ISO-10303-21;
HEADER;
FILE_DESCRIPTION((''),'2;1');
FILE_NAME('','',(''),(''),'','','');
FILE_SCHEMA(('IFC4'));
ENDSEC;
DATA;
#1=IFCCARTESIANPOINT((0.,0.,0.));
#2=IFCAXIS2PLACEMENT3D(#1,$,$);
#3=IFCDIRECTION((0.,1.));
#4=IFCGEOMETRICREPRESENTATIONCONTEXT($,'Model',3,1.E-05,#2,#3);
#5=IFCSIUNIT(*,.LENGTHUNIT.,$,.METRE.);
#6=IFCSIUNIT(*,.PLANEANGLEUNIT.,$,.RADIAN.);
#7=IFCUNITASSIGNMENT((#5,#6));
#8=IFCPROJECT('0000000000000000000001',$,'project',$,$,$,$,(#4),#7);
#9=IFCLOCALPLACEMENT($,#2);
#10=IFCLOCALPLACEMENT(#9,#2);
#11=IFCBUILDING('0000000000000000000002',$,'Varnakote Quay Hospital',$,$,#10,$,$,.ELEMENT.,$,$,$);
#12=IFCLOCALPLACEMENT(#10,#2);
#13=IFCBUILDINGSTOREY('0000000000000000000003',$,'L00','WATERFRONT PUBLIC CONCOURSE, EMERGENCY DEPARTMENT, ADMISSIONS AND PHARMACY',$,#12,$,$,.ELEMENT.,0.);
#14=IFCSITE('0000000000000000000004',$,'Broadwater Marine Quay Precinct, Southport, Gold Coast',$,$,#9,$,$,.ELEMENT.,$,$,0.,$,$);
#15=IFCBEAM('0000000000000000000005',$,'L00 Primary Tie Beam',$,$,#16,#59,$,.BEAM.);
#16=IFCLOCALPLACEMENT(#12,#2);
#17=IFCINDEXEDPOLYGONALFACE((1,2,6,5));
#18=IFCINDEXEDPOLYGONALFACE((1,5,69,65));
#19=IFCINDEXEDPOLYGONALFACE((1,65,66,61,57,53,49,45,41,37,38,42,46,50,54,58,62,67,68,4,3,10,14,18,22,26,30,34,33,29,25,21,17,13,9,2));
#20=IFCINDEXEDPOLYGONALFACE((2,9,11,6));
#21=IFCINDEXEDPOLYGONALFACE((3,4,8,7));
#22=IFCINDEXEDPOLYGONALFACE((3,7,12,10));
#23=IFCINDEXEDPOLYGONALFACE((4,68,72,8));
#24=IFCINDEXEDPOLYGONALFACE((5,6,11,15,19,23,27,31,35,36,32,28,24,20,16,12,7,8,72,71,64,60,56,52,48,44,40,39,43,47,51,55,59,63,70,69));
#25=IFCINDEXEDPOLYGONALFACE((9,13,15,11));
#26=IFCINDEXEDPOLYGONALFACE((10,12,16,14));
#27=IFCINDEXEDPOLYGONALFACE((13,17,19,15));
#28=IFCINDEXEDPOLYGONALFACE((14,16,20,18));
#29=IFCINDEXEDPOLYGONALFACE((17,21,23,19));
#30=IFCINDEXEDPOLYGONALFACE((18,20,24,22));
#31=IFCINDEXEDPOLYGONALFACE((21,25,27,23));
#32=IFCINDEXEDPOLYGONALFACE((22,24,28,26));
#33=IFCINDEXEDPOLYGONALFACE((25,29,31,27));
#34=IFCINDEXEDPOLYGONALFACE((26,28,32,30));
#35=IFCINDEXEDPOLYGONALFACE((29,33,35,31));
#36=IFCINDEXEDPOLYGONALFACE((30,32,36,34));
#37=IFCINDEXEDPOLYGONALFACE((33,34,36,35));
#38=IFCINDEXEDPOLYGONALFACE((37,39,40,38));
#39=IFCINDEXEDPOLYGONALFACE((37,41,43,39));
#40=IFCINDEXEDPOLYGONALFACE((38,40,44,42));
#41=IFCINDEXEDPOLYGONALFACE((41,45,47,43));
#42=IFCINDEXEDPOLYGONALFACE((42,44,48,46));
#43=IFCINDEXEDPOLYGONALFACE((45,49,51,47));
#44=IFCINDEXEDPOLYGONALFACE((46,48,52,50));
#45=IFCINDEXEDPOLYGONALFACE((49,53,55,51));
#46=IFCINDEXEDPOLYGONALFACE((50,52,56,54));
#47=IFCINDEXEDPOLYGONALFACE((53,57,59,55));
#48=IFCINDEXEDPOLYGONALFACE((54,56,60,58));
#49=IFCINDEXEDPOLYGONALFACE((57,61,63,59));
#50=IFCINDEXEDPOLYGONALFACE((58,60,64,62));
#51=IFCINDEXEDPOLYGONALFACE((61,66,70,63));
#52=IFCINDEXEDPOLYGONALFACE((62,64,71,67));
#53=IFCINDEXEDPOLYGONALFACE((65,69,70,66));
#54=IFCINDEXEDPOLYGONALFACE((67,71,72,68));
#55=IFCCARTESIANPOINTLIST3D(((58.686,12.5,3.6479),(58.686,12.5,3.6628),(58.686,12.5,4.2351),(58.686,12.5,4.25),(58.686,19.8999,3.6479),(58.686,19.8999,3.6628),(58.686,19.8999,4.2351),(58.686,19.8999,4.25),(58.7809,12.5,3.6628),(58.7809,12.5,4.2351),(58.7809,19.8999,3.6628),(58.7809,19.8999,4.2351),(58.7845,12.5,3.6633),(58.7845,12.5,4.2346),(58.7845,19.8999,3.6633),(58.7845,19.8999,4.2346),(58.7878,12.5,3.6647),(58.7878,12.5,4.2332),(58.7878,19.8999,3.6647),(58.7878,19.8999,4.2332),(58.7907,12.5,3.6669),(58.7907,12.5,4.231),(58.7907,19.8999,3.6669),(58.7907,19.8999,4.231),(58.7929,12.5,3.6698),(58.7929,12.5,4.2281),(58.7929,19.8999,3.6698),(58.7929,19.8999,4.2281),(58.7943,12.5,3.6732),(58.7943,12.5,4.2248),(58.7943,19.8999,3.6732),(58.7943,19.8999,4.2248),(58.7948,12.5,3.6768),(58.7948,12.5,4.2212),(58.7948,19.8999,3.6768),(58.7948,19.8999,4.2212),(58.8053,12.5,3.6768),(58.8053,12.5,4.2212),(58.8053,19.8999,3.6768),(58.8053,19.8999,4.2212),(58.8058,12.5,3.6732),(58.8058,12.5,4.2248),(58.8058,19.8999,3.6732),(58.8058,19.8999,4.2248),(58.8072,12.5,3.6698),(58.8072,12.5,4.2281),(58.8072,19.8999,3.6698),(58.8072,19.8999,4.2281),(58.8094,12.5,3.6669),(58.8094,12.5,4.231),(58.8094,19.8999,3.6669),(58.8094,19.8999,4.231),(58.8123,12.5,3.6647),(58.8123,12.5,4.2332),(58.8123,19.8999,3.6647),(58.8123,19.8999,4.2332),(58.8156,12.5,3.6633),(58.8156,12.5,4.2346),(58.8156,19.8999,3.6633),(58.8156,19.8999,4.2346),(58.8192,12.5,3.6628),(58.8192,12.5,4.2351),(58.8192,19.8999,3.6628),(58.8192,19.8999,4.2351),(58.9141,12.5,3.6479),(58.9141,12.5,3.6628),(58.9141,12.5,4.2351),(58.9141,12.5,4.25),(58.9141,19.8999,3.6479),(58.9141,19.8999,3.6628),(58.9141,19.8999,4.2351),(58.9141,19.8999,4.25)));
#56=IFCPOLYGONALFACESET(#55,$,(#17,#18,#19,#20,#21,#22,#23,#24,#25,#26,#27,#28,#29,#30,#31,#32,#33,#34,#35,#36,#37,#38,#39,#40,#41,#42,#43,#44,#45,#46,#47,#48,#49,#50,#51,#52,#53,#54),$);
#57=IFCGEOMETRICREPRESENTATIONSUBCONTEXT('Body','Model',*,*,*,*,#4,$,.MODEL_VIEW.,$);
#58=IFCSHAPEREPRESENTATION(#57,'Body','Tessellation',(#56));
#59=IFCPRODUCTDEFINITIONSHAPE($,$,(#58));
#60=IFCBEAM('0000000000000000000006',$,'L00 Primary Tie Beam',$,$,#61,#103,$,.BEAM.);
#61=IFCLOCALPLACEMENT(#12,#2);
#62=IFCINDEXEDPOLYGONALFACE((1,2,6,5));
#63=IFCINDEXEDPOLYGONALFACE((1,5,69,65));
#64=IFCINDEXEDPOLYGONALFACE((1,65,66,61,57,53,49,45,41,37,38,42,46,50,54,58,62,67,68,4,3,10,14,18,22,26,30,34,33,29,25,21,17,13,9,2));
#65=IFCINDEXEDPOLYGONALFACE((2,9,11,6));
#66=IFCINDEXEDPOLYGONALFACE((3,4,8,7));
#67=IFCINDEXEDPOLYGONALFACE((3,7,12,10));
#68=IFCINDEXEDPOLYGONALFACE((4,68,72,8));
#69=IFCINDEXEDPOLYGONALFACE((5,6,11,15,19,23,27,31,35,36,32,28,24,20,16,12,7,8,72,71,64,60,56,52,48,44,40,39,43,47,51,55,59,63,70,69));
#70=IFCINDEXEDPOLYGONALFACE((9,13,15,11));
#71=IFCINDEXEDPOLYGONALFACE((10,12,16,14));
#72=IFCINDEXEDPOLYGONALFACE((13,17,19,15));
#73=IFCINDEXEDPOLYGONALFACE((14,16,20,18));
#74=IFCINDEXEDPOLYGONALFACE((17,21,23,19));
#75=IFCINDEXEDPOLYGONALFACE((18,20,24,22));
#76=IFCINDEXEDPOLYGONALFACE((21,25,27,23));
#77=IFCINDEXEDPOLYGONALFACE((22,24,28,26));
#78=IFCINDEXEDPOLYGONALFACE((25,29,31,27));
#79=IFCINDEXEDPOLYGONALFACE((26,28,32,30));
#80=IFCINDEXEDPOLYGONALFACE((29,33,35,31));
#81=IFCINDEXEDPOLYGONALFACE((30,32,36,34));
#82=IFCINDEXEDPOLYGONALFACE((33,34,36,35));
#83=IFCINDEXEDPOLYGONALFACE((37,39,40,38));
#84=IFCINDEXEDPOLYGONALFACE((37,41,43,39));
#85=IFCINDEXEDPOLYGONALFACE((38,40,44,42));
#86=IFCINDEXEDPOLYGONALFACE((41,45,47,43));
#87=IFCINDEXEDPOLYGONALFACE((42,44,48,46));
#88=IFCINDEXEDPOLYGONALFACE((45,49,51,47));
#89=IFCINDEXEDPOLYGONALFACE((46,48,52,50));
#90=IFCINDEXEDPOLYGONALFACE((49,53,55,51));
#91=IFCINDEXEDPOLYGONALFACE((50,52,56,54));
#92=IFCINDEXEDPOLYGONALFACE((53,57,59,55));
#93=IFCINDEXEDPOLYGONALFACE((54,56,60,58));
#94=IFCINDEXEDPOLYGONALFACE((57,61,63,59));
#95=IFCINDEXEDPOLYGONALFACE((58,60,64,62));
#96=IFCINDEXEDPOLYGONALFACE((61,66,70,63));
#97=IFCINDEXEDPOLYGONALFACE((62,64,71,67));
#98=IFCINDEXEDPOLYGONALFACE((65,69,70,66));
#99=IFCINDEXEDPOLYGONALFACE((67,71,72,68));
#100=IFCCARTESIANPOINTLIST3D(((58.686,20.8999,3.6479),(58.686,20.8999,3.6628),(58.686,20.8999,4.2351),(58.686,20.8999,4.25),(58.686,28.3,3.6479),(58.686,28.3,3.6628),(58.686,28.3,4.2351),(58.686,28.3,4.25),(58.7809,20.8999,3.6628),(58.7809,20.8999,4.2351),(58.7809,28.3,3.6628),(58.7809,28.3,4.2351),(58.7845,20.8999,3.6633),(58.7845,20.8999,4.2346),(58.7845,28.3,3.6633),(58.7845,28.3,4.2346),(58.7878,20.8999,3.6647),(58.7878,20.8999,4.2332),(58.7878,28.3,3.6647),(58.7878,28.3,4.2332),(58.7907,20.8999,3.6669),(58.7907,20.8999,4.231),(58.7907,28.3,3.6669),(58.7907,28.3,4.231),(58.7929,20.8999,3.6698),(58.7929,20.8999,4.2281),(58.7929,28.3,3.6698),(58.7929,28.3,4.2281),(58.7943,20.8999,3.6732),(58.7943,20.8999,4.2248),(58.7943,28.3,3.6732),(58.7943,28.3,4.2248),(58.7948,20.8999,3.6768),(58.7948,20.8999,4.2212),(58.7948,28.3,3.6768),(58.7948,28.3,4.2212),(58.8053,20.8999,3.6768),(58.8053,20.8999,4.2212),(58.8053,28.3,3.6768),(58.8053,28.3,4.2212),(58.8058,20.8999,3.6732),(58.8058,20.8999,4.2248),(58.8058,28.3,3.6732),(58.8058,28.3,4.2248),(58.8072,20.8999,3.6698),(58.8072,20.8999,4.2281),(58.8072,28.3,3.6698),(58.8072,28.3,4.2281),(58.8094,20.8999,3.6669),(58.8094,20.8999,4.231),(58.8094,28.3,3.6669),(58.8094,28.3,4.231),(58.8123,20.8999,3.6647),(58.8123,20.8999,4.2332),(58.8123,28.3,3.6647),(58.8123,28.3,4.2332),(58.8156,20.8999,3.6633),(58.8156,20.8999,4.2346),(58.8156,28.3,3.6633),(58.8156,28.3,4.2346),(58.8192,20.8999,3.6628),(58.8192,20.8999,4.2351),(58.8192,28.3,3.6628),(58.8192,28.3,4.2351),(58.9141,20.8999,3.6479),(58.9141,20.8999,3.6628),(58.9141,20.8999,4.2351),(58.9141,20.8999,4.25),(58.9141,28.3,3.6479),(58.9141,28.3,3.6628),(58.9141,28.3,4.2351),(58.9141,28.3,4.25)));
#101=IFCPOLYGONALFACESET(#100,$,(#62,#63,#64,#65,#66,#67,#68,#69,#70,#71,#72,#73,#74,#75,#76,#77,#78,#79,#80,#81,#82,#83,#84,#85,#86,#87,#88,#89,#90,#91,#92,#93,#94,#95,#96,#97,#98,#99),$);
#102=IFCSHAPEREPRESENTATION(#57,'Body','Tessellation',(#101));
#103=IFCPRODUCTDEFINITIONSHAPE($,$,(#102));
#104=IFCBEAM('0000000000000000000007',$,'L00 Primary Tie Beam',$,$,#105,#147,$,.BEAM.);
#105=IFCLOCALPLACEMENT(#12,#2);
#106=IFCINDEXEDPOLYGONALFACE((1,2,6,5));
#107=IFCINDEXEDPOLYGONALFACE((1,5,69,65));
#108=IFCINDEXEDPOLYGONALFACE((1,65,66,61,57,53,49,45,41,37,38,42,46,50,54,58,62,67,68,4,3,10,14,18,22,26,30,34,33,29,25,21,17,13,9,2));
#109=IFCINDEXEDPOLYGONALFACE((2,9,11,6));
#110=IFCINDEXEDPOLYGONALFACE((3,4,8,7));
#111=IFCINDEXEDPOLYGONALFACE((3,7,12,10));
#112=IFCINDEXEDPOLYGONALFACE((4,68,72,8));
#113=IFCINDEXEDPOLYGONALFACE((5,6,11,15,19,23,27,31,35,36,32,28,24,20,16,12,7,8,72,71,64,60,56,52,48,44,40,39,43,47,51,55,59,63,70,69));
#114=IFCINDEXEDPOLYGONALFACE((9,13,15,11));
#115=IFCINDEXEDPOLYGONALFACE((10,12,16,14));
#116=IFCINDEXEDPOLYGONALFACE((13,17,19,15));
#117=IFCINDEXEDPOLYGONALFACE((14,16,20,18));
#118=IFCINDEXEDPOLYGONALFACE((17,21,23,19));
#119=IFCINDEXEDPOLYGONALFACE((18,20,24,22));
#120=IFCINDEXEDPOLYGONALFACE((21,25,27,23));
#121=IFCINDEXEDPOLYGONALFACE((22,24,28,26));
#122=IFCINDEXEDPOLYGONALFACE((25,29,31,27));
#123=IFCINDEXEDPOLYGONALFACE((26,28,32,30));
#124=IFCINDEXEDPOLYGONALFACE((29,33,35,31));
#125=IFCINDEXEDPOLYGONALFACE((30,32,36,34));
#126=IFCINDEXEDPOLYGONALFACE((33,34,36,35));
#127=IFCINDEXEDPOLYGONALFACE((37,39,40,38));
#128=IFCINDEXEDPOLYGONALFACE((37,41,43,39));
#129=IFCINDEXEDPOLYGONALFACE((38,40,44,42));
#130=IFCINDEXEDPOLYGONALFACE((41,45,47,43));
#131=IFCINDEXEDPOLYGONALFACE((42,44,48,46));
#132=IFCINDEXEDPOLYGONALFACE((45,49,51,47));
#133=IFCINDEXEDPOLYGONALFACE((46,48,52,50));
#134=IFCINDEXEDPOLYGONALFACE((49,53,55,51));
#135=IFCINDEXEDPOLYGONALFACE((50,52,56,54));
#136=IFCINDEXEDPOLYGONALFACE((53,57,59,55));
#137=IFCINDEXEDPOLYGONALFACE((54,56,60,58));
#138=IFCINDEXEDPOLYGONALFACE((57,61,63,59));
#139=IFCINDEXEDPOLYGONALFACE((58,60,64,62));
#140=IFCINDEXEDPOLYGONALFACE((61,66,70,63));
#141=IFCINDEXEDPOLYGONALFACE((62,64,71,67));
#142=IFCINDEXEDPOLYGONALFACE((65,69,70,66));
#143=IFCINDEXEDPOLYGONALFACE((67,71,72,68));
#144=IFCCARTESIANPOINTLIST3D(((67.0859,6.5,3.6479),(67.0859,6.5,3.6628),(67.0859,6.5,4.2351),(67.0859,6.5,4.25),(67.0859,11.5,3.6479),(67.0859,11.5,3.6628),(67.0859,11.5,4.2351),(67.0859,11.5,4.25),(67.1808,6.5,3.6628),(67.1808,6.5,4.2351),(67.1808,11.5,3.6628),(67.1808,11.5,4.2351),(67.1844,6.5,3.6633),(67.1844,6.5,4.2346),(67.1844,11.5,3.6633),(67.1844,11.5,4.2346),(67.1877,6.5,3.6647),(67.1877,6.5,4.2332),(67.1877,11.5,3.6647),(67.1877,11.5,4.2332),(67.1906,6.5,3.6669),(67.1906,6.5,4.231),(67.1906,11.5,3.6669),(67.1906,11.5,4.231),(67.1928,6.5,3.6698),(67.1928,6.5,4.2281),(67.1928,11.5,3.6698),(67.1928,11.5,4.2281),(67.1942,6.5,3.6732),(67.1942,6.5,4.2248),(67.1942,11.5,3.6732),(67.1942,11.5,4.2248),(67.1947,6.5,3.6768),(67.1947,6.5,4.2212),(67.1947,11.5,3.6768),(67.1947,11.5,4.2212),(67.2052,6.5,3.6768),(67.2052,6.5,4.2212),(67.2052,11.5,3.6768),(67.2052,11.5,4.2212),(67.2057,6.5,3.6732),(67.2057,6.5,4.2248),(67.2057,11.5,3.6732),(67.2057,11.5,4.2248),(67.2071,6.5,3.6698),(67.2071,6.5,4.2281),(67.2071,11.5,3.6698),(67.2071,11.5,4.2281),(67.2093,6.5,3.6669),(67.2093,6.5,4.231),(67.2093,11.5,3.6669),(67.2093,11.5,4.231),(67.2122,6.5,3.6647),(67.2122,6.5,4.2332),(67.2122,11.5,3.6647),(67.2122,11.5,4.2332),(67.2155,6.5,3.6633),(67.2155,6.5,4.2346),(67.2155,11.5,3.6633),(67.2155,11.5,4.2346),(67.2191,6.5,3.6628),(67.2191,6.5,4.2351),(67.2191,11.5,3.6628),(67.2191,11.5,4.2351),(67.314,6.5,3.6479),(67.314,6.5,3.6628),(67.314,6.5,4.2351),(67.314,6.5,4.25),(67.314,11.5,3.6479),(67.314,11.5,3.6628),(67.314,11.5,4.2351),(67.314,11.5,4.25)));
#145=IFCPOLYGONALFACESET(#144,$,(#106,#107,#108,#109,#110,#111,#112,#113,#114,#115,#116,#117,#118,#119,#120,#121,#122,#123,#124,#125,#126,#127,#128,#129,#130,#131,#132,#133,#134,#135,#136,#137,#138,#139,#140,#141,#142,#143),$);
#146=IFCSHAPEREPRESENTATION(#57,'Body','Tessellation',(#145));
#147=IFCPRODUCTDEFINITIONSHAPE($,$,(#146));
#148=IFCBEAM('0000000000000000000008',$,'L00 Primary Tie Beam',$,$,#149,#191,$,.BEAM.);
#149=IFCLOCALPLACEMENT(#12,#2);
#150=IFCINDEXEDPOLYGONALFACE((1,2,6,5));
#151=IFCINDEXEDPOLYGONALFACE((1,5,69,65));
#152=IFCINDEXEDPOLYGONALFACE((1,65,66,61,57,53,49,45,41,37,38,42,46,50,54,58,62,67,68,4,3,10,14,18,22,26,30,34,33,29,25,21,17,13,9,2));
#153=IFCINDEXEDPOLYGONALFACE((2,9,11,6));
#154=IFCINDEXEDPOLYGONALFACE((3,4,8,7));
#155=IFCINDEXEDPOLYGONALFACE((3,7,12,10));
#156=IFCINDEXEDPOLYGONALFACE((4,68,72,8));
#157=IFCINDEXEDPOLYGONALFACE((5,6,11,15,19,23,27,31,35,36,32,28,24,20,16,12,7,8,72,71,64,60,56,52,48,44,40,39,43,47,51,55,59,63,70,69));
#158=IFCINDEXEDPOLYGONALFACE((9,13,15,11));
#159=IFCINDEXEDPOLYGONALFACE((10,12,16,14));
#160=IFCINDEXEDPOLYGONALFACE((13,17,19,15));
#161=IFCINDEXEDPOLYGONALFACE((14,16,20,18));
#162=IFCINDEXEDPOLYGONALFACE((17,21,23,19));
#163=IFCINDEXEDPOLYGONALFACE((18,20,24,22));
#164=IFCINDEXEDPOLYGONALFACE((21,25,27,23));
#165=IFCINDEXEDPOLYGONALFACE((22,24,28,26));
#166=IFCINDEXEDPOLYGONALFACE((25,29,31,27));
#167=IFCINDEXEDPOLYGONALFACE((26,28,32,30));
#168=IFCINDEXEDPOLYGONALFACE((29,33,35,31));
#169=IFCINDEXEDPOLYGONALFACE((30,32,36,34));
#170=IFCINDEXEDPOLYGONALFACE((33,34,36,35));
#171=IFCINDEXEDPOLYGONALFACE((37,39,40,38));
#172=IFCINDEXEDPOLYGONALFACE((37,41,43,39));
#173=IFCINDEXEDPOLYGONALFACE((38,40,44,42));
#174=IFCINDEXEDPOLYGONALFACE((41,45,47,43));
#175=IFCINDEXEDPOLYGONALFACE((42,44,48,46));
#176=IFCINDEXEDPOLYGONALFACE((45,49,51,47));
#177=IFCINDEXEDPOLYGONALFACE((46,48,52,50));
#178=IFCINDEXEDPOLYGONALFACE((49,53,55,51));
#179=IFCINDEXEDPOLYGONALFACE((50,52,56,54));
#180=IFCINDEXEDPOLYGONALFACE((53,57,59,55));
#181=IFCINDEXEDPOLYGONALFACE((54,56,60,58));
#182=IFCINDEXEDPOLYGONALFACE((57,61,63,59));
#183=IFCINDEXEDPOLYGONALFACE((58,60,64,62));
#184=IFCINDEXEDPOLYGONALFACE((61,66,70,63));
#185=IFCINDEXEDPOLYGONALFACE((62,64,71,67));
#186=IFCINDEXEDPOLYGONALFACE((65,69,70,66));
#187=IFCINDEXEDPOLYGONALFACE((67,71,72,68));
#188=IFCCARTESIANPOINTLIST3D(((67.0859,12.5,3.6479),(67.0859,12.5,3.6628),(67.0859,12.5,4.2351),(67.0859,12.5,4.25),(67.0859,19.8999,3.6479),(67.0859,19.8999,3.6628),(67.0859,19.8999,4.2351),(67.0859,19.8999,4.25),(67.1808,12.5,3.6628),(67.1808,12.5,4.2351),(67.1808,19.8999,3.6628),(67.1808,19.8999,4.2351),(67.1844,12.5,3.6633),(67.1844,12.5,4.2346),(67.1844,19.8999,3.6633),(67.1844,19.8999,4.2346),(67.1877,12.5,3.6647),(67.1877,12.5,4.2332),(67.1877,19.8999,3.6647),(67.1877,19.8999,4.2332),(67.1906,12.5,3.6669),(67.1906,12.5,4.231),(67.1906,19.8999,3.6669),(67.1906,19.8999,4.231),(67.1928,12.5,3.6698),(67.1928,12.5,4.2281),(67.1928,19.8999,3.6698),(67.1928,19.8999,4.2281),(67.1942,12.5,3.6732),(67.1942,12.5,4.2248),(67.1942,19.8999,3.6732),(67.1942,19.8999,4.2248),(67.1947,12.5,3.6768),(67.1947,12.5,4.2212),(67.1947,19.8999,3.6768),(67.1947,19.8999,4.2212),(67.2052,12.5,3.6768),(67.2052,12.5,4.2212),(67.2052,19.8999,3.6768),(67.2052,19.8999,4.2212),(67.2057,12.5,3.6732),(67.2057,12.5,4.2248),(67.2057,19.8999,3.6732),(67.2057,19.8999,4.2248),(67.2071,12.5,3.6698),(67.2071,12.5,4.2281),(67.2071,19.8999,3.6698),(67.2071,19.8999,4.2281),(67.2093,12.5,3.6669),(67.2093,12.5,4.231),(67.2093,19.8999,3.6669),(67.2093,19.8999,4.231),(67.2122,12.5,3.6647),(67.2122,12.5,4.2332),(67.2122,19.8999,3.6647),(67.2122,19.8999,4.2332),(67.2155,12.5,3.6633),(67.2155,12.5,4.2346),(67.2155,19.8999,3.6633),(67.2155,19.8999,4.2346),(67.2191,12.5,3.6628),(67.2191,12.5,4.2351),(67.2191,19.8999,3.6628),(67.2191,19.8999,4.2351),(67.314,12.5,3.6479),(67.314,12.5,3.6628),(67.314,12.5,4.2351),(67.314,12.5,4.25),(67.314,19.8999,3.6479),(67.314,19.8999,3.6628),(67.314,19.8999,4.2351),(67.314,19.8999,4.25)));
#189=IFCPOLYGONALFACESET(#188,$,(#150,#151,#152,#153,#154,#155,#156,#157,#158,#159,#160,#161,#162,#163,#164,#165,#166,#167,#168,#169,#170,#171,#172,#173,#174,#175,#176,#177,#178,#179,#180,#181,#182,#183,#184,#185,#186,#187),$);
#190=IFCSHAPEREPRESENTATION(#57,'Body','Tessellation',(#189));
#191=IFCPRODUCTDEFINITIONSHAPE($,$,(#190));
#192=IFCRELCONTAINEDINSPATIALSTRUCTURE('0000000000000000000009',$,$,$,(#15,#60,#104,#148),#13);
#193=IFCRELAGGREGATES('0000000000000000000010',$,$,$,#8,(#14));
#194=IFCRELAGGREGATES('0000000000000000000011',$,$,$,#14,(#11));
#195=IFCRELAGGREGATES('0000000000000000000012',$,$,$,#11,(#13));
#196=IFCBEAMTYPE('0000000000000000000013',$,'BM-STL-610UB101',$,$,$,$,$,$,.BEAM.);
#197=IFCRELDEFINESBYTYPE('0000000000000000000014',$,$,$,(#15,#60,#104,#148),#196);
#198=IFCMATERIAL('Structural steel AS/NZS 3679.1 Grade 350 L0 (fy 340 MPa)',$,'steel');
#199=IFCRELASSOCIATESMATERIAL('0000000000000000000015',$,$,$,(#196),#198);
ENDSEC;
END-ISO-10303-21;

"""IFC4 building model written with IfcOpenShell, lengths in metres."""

from ifc_helpers import new_model, si_unit, direction, frame, origin, origin_2d, place, context, subcontext, project, spatial, i_section, extrude, material, material_profile, profile_set, type_object, element, save


model = new_model("IFC4")

# Units and contexts
model_context = context("Model", 3, precision=1e-05, world=origin(), true_north=direction((0.0, 1.0)))
body_context = subcontext(model_context, "Body", "Model", "MODEL_VIEW")
ifc_project = project(units=[si_unit("LENGTHUNIT", "METRE"), si_unit("PLANEANGLEUNIT", "RADIAN")], contexts=[model_context])

# Site, building, storey
site_placement = place(None, origin())
site = spatial("IfcSite", under=ifc_project, at=site_placement, Name="Broadwater Marine Quay Precinct, Southport, Gold Coast", CompositionType="ELEMENT", RefElevation=0.0)
building_placement = place(site_placement, origin())
building = spatial("IfcBuilding", under=site, at=building_placement, Name="Varnakote Quay Hospital", CompositionType="ELEMENT")
storey_placement = place(building_placement, origin())
storey = spatial("IfcBuildingStorey", under=building, at=storey_placement, Name="L00", Description="WATERFRONT PUBLIC CONCOURSE, EMERGENCY DEPARTMENT, ADMISSIONS AND PHARMACY", CompositionType="ELEMENT", Elevation=0.0)

# Beams
ifc_material_1 = material(Name="Structural steel AS/NZS 3679.1 Grade 350 L0 (fy 340 MPa)", Category="steel")
ifc_material_profile_1 = material_profile(ifc_material_1, i_section(OverallWidth=0.228, OverallDepth=0.6021, WebThickness=0.0105, FlangeThickness=0.0149, FilletRadius=0.0139, at=origin_2d()), Name="610UB101")
ifc_profile_set_1 = profile_set([ifc_material_profile_1], Name="Structural steel AS/NZS 3679.1 Grade 350 L0 (fy 340 MPa)")
beam_type_1 = type_object("IfcBeamType", Name="BM-STL-610UB101", PredefinedType="BEAM", material=ifc_profile_set_1)
beam_1_placement = place(storey_placement, frame((58.8, 12.5, 3.949), z_axis=(0.0, 1.0, 0.0), x_axis=(-1.0, 0.0, 0.0)))
element("IfcBeam", 1, at=beam_1_placement, inside=storey, type_object=beam_type_1, Name="L00 Primary Tie Beam", PredefinedType="BEAM", context=body_context, shape_type="SweptSolid", body=[
    extrude(i_section(OverallWidth=0.228, OverallDepth=0.6021, WebThickness=0.0105, FlangeThickness=0.0149, FilletRadius=0.0139, at=origin_2d()), origin(), (0.0, 0.0, 1.0), 7.3999),
])
beam_2_placement = place(storey_placement, frame((58.8, 20.8999, 3.949), z_axis=(0.0, 1.0, 0.0), x_axis=(-1.0, 0.0, 0.0)))
element("IfcBeam", 2, at=beam_2_placement, inside=storey, type_object=beam_type_1, Name="L00 Primary Tie Beam", PredefinedType="BEAM", context=body_context, shape_type="SweptSolid", body=[
    extrude(i_section(OverallWidth=0.228, OverallDepth=0.6021, WebThickness=0.0105, FlangeThickness=0.0149, FilletRadius=0.0139, at=origin_2d()), origin(), (0.0, 0.0, 1.0), 7.4001),
])
beam_3_placement = place(storey_placement, frame((67.2, 6.5, 3.949), z_axis=(0.0, 1.0, 0.0), x_axis=(-1.0, 0.0, 0.0)))
element("IfcBeam", 3, at=beam_3_placement, inside=storey, type_object=beam_type_1, Name="L00 Primary Tie Beam", PredefinedType="BEAM", context=body_context, shape_type="SweptSolid", body=[
    extrude(i_section(OverallWidth=0.228, OverallDepth=0.6021, WebThickness=0.0105, FlangeThickness=0.0149, FilletRadius=0.0139, at=origin_2d()), origin(), (0.0, 0.0, 1.0), 5.0),
])
beam_4_placement = place(storey_placement, frame((67.2, 12.5, 3.949), z_axis=(0.0, 1.0, 0.0), x_axis=(-1.0, 0.0, 0.0)))
element("IfcBeam", 4, at=beam_4_placement, inside=storey, type_object=beam_type_1, Name="L00 Primary Tie Beam", PredefinedType="BEAM", context=body_context, shape_type="SweptSolid", body=[
    extrude(i_section(OverallWidth=0.228, OverallDepth=0.6021, WebThickness=0.0105, FlangeThickness=0.0149, FilletRadius=0.0139, at=origin_2d()), origin(), (0.0, 0.0, 1.0), 7.3999),
])

save(model, "model.ifc")
